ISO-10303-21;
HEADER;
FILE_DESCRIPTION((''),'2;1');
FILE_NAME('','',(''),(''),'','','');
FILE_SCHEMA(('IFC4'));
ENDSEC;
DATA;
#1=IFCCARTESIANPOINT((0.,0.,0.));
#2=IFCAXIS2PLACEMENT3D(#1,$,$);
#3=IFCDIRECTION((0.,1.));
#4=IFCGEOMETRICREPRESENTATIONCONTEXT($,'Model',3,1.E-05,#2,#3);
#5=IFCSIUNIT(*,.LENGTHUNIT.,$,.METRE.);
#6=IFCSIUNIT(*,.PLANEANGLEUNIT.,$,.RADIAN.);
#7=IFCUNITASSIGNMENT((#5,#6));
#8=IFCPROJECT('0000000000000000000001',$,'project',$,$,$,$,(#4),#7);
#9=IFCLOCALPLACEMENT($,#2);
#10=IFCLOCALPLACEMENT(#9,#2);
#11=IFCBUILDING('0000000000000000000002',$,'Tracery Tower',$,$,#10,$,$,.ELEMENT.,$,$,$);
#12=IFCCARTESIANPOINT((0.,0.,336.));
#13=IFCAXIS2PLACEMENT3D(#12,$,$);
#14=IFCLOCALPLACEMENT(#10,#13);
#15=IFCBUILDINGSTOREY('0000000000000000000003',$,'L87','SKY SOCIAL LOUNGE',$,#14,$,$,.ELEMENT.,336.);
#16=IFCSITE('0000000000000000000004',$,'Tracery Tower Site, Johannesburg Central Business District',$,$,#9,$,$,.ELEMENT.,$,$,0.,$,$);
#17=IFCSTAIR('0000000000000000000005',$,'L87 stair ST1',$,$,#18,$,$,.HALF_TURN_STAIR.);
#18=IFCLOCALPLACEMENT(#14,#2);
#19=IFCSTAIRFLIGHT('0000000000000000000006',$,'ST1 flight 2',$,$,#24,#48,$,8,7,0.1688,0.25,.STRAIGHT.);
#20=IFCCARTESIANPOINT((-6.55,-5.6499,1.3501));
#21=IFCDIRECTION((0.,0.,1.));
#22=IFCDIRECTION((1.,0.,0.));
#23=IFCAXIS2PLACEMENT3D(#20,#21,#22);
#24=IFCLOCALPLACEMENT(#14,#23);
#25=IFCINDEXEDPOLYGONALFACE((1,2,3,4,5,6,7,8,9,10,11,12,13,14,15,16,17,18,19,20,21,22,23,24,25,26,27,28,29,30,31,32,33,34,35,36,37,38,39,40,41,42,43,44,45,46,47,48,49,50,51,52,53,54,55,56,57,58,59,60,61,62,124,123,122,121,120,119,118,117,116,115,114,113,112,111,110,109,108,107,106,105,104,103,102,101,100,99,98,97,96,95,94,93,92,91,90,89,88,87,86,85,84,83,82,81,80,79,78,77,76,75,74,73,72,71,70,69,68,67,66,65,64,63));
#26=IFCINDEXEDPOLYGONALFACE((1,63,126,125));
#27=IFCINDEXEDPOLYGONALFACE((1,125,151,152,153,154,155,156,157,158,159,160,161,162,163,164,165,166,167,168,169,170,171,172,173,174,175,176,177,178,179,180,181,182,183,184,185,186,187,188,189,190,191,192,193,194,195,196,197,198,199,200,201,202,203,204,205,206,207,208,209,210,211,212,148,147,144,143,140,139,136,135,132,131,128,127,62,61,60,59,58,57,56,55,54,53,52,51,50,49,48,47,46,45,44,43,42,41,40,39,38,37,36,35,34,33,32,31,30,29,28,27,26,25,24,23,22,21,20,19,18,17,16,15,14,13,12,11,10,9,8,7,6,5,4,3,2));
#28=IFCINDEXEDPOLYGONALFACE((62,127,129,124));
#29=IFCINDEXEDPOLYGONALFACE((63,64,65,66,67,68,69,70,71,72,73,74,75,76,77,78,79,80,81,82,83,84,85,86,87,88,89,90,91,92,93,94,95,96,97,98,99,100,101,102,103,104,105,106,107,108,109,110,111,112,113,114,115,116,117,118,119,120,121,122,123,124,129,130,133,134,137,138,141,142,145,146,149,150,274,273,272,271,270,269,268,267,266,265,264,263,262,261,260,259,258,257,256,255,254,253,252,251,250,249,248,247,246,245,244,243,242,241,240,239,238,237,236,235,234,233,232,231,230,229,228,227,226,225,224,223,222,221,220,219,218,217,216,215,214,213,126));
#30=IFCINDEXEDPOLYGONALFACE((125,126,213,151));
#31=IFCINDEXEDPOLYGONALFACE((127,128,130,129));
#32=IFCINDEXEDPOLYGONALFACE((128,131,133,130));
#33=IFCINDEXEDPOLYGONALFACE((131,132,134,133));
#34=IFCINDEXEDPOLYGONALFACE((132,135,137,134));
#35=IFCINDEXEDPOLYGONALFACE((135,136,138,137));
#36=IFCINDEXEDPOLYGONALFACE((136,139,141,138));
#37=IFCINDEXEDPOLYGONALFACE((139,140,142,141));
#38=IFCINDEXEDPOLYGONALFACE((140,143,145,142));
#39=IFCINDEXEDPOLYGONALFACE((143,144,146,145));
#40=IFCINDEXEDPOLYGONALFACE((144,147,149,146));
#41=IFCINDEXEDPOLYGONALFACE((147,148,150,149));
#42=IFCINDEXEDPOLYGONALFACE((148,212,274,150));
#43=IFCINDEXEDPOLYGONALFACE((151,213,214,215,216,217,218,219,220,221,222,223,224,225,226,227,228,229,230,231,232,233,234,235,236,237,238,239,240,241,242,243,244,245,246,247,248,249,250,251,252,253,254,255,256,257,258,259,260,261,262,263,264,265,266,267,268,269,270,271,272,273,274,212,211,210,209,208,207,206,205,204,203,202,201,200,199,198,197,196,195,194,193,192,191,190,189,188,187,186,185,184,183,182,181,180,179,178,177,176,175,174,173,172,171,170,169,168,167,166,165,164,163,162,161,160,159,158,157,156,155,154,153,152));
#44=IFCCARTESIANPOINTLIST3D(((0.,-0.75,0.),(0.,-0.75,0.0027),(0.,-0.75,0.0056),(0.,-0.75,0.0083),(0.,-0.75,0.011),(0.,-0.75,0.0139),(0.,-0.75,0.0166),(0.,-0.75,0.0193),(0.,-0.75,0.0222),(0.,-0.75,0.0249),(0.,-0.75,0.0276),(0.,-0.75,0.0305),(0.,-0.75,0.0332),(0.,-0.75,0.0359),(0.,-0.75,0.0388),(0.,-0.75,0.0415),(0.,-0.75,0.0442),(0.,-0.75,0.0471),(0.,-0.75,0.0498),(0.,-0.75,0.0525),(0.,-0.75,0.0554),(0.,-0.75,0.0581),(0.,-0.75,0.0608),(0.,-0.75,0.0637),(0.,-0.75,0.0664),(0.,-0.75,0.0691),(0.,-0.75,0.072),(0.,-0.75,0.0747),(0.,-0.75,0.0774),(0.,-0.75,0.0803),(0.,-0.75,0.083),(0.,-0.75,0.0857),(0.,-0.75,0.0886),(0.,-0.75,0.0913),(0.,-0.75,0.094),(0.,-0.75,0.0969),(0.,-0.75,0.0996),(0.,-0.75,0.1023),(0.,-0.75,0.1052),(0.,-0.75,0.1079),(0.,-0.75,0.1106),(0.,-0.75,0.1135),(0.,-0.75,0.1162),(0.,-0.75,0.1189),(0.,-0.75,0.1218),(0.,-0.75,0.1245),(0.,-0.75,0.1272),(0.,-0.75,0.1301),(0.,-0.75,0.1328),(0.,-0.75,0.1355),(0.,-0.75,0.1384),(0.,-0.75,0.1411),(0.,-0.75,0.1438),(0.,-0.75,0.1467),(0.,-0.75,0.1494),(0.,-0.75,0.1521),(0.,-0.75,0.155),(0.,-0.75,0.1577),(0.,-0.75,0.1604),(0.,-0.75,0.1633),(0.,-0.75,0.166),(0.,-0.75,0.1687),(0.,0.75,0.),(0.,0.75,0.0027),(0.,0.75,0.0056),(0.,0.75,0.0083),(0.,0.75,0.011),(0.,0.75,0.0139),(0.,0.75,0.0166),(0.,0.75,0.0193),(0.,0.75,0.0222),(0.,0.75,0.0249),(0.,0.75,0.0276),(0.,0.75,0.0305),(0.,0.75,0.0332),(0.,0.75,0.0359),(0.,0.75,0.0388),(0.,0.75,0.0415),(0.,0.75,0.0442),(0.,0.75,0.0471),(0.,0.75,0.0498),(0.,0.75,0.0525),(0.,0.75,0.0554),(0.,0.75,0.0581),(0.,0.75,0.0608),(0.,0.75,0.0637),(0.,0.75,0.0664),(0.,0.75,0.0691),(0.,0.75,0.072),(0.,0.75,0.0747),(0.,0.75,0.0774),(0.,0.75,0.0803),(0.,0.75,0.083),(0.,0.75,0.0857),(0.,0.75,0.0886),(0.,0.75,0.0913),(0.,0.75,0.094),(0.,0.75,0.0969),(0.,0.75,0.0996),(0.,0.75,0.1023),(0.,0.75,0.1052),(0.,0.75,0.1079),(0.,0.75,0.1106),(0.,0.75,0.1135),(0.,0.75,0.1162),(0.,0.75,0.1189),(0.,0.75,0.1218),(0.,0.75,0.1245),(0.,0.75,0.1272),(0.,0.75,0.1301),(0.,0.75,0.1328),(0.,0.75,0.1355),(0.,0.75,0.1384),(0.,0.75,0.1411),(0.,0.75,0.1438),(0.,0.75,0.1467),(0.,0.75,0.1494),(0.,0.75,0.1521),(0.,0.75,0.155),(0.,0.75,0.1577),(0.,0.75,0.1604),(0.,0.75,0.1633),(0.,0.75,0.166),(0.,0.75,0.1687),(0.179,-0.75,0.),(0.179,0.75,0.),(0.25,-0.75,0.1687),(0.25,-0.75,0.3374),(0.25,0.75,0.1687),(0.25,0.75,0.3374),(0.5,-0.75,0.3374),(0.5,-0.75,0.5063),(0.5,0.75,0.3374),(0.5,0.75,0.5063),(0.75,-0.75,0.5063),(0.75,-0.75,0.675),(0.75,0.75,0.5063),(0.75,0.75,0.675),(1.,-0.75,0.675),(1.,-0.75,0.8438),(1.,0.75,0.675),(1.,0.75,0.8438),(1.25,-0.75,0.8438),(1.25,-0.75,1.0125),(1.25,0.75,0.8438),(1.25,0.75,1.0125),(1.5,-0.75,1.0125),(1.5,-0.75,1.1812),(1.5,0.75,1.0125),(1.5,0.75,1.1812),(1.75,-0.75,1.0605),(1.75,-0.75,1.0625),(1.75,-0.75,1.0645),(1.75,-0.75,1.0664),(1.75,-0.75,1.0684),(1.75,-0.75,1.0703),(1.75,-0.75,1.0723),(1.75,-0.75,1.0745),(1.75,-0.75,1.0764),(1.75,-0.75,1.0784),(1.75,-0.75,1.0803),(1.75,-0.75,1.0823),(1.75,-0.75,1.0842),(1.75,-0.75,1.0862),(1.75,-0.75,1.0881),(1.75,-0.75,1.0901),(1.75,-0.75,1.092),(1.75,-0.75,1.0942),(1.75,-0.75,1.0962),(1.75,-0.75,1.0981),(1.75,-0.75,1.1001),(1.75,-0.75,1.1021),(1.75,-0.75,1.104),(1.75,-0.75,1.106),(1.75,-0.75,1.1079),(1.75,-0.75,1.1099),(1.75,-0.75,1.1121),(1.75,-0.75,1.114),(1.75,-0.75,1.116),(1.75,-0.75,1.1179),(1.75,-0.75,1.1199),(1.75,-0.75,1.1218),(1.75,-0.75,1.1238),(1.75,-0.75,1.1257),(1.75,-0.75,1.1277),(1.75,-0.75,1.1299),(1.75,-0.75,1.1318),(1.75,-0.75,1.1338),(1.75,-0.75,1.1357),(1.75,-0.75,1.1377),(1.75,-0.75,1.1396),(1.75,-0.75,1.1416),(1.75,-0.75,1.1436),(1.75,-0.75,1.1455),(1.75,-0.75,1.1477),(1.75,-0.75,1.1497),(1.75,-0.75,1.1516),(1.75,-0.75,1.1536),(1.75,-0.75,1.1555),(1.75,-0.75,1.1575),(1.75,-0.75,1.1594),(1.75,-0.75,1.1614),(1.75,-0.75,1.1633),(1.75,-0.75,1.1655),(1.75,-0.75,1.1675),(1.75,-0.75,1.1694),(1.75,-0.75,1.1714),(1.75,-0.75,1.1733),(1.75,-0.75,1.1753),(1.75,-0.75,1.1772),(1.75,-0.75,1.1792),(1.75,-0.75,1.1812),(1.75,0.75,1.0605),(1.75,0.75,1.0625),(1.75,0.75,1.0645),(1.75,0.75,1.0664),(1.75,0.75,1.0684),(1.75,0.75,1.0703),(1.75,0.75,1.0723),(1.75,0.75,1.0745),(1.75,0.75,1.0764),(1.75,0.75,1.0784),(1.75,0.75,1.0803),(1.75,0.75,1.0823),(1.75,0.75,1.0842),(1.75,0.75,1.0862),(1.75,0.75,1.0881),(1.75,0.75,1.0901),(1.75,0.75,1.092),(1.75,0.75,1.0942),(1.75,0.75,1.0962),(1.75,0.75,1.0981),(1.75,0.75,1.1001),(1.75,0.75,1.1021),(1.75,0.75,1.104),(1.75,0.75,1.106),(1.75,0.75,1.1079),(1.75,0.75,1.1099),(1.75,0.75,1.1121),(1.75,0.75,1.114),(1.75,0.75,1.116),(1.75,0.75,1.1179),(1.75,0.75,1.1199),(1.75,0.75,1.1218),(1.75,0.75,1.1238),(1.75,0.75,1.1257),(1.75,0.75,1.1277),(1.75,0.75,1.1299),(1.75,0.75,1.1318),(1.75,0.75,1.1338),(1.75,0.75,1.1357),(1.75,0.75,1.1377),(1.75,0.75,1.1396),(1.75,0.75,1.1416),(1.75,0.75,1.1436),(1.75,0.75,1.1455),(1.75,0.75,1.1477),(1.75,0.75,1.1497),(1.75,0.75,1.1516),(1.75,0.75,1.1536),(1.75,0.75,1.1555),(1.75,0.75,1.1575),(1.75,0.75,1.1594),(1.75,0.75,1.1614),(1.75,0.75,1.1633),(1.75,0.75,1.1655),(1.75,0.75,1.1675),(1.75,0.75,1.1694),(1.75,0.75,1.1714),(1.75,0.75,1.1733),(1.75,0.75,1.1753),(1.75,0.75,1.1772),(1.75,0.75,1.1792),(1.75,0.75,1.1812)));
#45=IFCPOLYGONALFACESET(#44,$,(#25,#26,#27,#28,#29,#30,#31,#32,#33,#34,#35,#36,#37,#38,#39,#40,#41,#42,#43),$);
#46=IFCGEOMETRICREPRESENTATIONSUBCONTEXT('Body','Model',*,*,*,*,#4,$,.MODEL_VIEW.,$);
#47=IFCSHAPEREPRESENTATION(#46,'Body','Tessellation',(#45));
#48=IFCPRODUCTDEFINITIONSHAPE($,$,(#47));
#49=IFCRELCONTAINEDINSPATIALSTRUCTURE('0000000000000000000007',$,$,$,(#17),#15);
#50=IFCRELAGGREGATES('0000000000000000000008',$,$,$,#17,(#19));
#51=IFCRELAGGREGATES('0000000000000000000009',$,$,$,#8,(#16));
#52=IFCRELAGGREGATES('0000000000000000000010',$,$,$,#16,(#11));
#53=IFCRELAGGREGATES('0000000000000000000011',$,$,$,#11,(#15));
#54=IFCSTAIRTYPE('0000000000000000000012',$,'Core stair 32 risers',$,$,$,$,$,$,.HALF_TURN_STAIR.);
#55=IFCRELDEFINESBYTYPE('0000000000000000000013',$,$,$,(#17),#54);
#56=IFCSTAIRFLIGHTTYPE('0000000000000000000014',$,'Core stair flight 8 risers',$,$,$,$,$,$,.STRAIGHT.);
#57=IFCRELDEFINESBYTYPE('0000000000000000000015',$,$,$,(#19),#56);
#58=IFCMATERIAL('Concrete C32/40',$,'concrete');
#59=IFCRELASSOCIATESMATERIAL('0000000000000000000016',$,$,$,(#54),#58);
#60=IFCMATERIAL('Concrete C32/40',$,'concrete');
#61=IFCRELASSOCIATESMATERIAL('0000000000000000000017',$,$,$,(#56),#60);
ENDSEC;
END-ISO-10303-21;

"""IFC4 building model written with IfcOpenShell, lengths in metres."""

from ifc_helpers import new_model, si_unit, direction, frame, origin, place, context, subcontext, project, spatial, polyline, outline, extrude, material, type_object, element, aggregate, save


model = new_model("IFC4")

# Units and contexts
model_context = context("Model", 3, precision=1e-05, world=origin(), true_north=direction((0.0, 1.0)))
body_context = subcontext(model_context, "Body", "Model", "MODEL_VIEW")
ifc_project = project(units=[si_unit("LENGTHUNIT", "METRE"), si_unit("PLANEANGLEUNIT", "RADIAN")], contexts=[model_context])

# Site, building, storey
site_placement = place(None, origin())
site = spatial("IfcSite", under=ifc_project, at=site_placement, Name="Tracery Tower Site, Johannesburg Central Business District", CompositionType="ELEMENT", RefElevation=0.0)
building_placement = place(site_placement, origin())
building = spatial("IfcBuilding", under=site, at=building_placement, Name="Tracery Tower", CompositionType="ELEMENT")
storey_placement = place(building_placement, frame((0.0, 0.0, 336.0)))
storey = spatial("IfcBuildingStorey", under=building, at=storey_placement, Name="L87", Description="SKY SOCIAL LOUNGE", CompositionType="ELEMENT", Elevation=336.0)

# Stair, stair flight
ifc_material_1 = material(Name="Concrete C32/40", Category="concrete")
stair_type = type_object("IfcStairType", Name="Core stair 32 risers", PredefinedType="HALF_TURN_STAIR", material=ifc_material_1)
stair_placement = place(storey_placement, origin())
stair = element("IfcStair", 1, at=stair_placement, inside=storey, type_object=stair_type, Name="L87 stair ST1", PredefinedType="HALF_TURN_STAIR")
ifc_material_2 = material(Name="Concrete C32/40", Category="concrete")
stair_flight_type = type_object("IfcStairFlightType", Name="Core stair flight 8 risers", PredefinedType="STRAIGHT", material=ifc_material_2)
stair_flight_1_placement = place(storey_placement, frame((-6.55, -5.6499, 1.3501), z_axis=(0.0, 0.0, 1.0), x_axis=(1.0, 0.0, 0.0)))
stair_flight_1 = element("IfcStairFlight", 2, at=stair_flight_1_placement, type_object=stair_flight_type, Name="ST1 flight 2", NumberOfRisers=8, NumberOfTreads=7, PredefinedType="STRAIGHT", RiserHeight=0.1688, TreadLength=0.25, context=body_context, shape_type="SweptSolid", body=[
    extrude(outline(polyline([(0.0, 0.0), (0.0, 0.0027), (0.0, 0.0056), (0.0, 0.0083), (0.0, 0.011), (0.0, 0.0139), (0.0, 0.0166), (0.0, 0.0193), (0.0, 0.0222), (0.0, 0.0249), (0.0, 0.0276), (0.0, 0.0305), (0.0, 0.0332), (0.0, 0.0359), (0.0, 0.0388), (0.0, 0.0415), (0.0, 0.0442), (0.0, 0.0471), (0.0, 0.0498), (0.0, 0.0525), (0.0, 0.0554), (0.0, 0.0581), (0.0, 0.0608), (0.0, 0.0637), (0.0, 0.0664), (0.0, 0.0691), (0.0, 0.072), (0.0, 0.0747), (0.0, 0.0774), (0.0, 0.0803), (0.0, 0.083), (0.0, 0.0857), (0.0, 0.0886), (0.0, 0.0913), (0.0, 0.094), (0.0, 0.0969), (0.0, 0.0996), (0.0, 0.1023), (0.0, 0.1052), (0.0, 0.1079), (0.0, 0.1106), (0.0, 0.1135), (0.0, 0.1162), (0.0, 0.1189), (0.0, 0.1218), (0.0, 0.1245), (0.0, 0.1272), (0.0, 0.1301), (0.0, 0.1328), (0.0, 0.1355), (0.0, 0.1384), (0.0, 0.1411), (0.0, 0.1438), (0.0, 0.1467), (0.0, 0.1494), (0.0, 0.1521), (0.0, 0.155), (0.0, 0.1577), (0.0, 0.1604), (0.0, 0.1633), (0.0, 0.166), (0.0, 0.1687), (0.25, 0.1687), (0.25, 0.3374), (0.5, 0.3374), (0.5, 0.5063), (0.75, 0.5063), (0.75, 0.675), (1.0, 0.675), (1.0, 0.8438), (1.25, 0.8438), (1.25, 1.0125), (1.5, 1.0125), (1.5, 1.1812), (1.75, 1.1812), (1.75, 1.1792), (1.75, 1.1772), (1.75, 1.1753), (1.75, 1.1733), (1.75, 1.1714), (1.75, 1.1694), (1.75, 1.1675), (1.75, 1.1655), (1.75, 1.1633), (1.75, 1.1614), (1.75, 1.1594), (1.75, 1.1575), (1.75, 1.1555), (1.75, 1.1536), (1.75, 1.1516), (1.75, 1.1497), (1.75, 1.1477), (1.75, 1.1455), (1.75, 1.1436), (1.75, 1.1416), (1.75, 1.1396), (1.75, 1.1377), (1.75, 1.1357), (1.75, 1.1338), (1.75, 1.1318), (1.75, 1.1299), (1.75, 1.1277), (1.75, 1.1257), (1.75, 1.1238), (1.75, 1.1218), (1.75, 1.1199), (1.75, 1.1179), (1.75, 1.116), (1.75, 1.114), (1.75, 1.1121), (1.75, 1.1099), (1.75, 1.1079), (1.75, 1.106), (1.75, 1.104), (1.75, 1.1021), (1.75, 1.1001), (1.75, 1.0981), (1.75, 1.0962), (1.75, 1.0942), (1.75, 1.092), (1.75, 1.0901), (1.75, 1.0881), (1.75, 1.0862), (1.75, 1.0842), (1.75, 1.0823), (1.75, 1.0803), (1.75, 1.0784), (1.75, 1.0764), (1.75, 1.0745), (1.75, 1.0723), (1.75, 1.0703), (1.75, 1.0684), (1.75, 1.0664), (1.75, 1.0645), (1.75, 1.0625), (1.75, 1.0605), (0.179, 0.0), (0.0, 0.0)])), frame((0.0, 0.75, 0.0), z_axis=(0.0, -1.0, 0.0), x_axis=(1.0, 0.0, 0.0)), (0.0, 0.0, 1.0), 1.5),
])
aggregate(stair, [stair_flight_1])

save(model, "model.ifc")
